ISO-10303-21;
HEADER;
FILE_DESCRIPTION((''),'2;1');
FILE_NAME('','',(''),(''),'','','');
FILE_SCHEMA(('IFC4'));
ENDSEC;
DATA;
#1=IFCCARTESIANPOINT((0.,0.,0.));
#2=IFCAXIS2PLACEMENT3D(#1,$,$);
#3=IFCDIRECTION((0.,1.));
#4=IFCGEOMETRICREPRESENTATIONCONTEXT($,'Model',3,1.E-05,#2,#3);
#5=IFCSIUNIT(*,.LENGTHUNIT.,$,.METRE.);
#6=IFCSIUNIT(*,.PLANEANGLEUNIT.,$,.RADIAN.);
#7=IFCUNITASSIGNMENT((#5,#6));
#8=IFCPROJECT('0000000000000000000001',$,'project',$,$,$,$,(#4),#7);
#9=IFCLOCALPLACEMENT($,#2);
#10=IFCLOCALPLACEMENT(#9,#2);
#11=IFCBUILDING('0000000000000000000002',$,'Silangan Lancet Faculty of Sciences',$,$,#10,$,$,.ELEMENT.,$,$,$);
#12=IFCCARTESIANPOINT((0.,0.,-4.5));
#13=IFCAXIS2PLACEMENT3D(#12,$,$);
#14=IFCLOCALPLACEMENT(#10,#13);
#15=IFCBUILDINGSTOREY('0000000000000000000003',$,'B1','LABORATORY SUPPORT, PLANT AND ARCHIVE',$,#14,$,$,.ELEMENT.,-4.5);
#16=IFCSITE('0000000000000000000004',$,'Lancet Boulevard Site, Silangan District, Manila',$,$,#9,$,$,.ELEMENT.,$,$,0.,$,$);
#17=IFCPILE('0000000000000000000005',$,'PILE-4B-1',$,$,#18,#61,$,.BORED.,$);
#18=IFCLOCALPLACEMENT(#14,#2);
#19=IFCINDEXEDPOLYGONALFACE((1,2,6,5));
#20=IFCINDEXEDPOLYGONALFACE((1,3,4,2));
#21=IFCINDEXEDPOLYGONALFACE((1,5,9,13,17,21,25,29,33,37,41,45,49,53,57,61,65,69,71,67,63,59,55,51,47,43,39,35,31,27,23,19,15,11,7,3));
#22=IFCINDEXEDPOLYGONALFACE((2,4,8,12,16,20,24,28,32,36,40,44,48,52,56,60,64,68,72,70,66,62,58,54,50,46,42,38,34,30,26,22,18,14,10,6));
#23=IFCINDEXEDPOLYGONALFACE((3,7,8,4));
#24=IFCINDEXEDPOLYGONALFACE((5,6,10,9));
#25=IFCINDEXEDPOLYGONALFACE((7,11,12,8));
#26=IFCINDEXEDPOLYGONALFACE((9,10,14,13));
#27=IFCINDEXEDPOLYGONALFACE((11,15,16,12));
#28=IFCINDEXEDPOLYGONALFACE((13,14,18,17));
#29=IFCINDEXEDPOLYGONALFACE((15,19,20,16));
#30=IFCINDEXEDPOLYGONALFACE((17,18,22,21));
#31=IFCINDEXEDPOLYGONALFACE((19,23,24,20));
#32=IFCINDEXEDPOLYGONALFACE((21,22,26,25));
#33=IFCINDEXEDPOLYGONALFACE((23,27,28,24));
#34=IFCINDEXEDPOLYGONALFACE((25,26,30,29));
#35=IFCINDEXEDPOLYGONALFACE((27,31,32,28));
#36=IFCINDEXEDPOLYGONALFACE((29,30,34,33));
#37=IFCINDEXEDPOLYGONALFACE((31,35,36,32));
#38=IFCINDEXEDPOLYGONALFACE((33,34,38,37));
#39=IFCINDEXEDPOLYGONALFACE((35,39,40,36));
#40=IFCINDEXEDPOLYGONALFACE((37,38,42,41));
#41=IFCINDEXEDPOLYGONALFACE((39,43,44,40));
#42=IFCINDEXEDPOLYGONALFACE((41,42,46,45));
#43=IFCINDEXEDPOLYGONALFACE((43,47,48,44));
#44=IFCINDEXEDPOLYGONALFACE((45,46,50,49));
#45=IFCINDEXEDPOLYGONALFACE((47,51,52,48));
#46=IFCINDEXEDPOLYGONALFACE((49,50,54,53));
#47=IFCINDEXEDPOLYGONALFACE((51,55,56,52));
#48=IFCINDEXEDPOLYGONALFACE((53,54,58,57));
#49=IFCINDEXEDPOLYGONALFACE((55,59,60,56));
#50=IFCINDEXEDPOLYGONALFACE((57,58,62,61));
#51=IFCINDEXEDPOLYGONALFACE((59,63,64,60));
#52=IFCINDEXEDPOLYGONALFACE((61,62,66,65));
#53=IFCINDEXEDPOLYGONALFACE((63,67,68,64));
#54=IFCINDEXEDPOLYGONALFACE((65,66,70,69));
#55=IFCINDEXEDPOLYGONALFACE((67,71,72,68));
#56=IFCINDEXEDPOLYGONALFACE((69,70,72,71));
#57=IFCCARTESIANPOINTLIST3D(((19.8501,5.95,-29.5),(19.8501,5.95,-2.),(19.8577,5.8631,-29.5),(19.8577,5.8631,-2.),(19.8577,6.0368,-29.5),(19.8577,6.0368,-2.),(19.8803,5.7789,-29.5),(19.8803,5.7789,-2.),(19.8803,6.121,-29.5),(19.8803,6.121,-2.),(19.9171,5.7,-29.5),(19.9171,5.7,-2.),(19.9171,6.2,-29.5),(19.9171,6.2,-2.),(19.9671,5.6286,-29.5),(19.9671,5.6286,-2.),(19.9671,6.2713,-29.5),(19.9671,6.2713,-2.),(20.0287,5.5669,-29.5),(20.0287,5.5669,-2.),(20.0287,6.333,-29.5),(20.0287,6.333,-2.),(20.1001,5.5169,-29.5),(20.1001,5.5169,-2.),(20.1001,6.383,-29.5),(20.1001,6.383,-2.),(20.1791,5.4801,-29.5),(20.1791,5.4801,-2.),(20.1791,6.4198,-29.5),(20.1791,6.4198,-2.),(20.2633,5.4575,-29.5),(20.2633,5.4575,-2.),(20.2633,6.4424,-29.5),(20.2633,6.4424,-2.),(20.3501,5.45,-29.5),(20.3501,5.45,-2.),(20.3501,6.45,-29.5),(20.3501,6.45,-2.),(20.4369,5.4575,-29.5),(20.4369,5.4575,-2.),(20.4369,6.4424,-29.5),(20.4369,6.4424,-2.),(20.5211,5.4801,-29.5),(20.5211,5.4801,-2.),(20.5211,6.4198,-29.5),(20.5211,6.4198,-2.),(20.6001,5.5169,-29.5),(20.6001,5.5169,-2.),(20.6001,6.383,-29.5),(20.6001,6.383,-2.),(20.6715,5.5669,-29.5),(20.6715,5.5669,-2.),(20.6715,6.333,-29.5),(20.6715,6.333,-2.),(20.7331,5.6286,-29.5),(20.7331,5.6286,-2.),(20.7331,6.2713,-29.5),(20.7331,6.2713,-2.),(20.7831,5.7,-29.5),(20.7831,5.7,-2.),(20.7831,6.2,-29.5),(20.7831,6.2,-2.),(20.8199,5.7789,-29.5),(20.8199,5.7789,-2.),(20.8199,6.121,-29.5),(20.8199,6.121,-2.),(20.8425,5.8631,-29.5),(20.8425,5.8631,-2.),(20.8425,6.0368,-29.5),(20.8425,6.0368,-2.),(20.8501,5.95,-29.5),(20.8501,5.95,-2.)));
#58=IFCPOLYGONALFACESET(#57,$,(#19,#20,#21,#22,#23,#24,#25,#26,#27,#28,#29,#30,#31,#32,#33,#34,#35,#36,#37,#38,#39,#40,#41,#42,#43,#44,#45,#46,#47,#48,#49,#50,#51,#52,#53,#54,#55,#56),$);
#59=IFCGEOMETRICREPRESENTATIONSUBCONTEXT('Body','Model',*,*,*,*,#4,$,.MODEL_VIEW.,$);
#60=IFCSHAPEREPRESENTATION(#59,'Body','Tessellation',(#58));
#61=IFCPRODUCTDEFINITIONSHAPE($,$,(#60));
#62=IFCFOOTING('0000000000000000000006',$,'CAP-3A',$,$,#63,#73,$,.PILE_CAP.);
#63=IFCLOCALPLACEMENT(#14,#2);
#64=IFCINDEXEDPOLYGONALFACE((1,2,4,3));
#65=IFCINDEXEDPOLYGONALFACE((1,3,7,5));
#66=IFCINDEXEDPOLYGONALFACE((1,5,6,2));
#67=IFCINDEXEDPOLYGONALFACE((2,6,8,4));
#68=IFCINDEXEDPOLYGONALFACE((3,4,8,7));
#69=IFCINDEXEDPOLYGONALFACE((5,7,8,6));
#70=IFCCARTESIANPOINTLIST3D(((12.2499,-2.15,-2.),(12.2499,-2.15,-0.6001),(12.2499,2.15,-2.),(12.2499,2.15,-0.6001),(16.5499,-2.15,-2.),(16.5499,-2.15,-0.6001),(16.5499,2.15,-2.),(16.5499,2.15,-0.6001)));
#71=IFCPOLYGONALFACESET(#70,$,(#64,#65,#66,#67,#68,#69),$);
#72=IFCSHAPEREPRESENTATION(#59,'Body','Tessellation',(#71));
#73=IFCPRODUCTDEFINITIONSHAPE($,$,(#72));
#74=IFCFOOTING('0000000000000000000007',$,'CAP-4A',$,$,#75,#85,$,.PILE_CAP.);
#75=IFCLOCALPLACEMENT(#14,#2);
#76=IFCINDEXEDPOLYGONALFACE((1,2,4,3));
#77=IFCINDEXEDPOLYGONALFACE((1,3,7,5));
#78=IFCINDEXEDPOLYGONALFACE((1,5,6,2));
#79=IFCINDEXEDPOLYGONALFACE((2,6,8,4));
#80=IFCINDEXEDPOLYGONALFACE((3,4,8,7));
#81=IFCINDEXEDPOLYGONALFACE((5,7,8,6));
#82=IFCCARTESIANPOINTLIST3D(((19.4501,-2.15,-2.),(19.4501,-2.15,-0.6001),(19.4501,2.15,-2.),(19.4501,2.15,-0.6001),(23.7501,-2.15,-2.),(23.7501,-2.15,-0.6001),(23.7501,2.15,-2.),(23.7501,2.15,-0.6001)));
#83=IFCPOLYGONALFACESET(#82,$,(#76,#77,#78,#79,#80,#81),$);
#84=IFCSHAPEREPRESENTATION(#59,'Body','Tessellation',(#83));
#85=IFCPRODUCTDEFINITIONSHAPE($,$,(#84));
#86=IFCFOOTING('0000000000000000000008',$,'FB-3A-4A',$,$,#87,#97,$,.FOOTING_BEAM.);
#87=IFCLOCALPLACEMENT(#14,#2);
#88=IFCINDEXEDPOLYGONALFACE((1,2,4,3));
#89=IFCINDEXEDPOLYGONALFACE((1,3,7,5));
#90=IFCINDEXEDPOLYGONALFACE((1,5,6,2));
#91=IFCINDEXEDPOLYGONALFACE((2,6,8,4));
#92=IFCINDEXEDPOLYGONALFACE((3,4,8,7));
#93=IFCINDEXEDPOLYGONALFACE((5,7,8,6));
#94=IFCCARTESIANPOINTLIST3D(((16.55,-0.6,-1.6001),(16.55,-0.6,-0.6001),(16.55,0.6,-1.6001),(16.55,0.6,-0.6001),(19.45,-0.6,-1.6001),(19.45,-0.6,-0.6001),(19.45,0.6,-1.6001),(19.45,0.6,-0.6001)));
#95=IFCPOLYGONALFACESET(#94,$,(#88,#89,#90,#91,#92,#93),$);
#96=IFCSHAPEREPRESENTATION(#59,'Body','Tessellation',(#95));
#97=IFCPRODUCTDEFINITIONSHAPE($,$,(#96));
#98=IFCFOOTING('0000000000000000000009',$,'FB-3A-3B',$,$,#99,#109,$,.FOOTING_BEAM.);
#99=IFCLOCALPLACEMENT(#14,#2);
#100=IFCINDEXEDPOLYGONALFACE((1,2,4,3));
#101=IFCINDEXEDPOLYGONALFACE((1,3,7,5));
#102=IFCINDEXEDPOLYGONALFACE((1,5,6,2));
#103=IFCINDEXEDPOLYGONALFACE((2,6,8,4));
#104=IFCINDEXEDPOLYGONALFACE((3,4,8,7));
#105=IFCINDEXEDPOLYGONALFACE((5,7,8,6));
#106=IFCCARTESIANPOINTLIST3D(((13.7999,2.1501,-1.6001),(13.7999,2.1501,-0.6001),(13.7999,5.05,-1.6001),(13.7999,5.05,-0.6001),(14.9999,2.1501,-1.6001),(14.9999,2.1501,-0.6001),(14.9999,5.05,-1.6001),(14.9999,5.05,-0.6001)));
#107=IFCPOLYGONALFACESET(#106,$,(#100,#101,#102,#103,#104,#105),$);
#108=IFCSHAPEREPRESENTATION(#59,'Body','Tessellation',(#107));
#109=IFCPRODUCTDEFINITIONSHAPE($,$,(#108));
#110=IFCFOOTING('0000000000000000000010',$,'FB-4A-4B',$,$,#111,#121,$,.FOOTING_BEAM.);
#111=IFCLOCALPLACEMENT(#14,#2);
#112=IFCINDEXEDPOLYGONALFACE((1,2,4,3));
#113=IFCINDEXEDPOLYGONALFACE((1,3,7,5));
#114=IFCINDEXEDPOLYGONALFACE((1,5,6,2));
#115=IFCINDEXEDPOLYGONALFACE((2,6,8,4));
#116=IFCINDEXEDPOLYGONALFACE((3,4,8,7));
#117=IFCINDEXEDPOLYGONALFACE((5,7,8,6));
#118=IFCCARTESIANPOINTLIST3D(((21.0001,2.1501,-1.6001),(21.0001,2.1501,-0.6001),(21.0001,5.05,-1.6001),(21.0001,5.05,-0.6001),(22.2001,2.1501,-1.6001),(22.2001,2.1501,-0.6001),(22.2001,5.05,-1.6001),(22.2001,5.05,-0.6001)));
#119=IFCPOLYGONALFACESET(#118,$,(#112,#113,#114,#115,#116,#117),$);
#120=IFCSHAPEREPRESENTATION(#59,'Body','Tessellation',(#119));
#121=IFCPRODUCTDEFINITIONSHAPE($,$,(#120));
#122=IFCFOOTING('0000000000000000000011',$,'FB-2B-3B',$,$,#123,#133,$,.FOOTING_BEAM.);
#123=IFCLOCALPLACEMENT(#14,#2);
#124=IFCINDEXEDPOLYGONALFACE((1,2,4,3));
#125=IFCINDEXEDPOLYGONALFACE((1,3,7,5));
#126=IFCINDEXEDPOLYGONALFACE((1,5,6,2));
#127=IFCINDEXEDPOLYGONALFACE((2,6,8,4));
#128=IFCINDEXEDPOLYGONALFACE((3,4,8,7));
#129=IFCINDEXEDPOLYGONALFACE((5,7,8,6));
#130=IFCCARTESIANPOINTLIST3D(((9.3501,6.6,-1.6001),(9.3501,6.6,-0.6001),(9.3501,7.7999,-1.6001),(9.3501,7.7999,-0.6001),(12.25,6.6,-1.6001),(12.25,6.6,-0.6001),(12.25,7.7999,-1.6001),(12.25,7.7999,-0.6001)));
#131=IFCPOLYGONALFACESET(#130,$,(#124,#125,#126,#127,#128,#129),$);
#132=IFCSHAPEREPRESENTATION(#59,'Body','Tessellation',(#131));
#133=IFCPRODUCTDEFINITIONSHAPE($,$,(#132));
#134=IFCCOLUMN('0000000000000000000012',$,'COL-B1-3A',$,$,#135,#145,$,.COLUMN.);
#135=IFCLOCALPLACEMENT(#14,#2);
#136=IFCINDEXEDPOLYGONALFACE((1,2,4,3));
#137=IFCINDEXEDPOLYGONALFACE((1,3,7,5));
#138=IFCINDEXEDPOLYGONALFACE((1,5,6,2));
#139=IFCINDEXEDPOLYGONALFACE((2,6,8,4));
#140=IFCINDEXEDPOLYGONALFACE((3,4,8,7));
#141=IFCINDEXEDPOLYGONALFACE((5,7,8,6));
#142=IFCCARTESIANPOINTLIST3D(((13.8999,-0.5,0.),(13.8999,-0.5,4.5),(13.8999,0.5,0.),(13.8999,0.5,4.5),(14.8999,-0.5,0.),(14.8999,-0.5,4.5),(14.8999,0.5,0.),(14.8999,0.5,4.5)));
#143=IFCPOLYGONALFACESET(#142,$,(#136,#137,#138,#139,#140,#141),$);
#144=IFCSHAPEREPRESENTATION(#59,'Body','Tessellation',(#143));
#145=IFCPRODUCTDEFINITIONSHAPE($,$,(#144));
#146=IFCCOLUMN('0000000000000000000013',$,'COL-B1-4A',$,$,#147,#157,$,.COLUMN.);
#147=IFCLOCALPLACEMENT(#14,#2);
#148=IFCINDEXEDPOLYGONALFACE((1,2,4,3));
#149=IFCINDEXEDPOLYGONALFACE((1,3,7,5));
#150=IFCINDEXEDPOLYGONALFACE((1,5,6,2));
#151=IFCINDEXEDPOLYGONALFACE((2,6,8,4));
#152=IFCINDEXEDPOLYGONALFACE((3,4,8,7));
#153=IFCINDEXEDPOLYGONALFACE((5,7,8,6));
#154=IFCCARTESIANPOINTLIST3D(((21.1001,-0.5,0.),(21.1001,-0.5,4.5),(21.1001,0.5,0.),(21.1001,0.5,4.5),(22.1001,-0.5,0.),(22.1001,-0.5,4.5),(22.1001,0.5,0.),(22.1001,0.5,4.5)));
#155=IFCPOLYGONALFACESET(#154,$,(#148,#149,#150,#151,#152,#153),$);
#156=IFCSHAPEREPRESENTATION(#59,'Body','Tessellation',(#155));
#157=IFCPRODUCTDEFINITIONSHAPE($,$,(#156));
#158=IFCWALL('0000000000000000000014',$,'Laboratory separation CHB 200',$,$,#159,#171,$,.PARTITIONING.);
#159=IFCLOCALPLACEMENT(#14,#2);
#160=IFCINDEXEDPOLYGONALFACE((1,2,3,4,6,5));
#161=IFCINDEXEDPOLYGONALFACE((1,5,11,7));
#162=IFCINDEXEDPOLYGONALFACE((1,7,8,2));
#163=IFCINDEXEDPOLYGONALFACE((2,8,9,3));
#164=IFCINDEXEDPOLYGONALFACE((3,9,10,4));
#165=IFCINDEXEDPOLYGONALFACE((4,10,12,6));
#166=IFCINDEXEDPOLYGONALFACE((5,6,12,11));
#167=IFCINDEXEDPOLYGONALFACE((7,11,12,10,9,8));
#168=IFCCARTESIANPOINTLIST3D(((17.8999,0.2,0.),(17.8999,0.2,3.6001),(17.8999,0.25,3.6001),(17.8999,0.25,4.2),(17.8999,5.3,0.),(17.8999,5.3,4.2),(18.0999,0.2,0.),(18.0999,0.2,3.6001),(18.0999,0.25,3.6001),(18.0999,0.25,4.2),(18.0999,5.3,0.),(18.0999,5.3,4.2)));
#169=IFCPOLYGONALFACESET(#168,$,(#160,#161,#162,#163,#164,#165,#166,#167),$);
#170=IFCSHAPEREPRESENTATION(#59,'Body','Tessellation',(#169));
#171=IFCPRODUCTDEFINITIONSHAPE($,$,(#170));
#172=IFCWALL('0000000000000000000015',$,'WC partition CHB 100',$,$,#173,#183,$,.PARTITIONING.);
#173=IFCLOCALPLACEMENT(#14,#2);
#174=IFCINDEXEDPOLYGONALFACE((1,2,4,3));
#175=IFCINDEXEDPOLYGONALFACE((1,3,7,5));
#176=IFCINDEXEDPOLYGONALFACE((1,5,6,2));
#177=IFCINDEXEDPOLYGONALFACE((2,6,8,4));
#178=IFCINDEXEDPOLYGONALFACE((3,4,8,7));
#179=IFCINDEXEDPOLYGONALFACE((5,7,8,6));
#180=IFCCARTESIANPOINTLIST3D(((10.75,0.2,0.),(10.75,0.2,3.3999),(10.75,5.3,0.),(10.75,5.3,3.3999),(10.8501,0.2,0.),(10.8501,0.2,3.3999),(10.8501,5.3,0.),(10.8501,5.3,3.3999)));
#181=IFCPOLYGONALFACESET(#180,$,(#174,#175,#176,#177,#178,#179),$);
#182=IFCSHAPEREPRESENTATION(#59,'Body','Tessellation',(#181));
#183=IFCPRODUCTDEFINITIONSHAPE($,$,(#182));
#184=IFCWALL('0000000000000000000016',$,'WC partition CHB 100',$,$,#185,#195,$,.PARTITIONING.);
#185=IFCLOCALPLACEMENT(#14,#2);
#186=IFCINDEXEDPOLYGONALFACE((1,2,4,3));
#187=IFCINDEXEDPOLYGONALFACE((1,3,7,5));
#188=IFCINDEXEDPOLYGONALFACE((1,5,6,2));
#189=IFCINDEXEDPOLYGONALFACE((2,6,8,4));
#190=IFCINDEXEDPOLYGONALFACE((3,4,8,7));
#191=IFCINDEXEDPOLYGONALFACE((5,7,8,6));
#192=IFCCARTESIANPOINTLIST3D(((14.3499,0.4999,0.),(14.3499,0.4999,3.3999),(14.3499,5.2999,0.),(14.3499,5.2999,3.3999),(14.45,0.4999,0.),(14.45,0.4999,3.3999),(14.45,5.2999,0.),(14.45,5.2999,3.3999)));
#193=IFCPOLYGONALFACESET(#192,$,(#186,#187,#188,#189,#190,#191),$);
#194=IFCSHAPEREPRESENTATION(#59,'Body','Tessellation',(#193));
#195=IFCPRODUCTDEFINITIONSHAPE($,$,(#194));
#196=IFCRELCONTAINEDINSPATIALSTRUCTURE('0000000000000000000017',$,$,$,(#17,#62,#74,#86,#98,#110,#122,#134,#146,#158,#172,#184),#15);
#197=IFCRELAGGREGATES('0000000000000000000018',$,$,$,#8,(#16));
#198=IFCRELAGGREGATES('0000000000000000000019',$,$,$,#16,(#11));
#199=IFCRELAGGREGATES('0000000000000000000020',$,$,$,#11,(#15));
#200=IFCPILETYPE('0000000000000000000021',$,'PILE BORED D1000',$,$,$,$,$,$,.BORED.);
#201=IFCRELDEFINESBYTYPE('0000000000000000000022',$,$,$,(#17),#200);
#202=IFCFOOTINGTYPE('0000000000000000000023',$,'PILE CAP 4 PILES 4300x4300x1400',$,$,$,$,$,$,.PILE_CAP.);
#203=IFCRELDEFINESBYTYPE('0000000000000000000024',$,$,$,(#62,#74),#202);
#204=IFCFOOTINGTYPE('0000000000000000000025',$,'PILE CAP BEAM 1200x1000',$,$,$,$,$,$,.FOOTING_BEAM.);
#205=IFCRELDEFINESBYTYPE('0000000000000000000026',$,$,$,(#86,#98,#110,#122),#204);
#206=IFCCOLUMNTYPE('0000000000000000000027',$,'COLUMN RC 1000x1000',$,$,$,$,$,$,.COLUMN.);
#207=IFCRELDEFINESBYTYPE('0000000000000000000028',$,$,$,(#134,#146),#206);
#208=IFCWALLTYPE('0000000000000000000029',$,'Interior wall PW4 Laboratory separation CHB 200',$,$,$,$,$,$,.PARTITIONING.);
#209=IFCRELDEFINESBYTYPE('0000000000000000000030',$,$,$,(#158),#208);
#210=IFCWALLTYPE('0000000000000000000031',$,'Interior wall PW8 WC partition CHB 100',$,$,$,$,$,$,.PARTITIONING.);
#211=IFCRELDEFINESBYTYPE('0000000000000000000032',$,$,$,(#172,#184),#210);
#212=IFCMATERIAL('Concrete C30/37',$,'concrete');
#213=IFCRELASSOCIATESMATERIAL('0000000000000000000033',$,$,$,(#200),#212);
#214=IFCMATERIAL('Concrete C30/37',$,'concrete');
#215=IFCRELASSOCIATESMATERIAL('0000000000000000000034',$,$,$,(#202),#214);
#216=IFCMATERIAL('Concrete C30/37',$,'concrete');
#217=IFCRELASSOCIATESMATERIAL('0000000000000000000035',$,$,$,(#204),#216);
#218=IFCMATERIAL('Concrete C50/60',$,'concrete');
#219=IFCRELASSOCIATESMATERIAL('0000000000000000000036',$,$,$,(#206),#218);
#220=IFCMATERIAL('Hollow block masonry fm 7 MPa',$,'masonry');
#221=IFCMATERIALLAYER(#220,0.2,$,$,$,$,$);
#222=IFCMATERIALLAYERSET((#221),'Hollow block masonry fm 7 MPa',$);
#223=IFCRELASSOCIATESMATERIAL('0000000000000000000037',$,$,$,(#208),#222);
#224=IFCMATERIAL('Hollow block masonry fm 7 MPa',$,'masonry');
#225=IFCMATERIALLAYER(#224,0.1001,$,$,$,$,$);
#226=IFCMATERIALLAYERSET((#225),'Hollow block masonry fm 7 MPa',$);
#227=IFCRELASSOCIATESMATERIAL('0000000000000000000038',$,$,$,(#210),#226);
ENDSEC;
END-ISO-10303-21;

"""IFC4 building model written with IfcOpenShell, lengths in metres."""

from ifc_helpers import new_model, si_unit, direction, frame, frame_2d, origin, origin_2d, place, context, subcontext, project, spatial, polyline, rectangle, circle, outline, extrude, material, layer, layer_set, material_profile, profile_set, type_object, element, save


model = new_model("IFC4")

# Units and contexts
model_context = context("Model", 3, precision=1e-05, world=origin(), true_north=direction((0.0, 1.0)))
body_context = subcontext(model_context, "Body", "Model", "MODEL_VIEW")
ifc_project = project(units=[si_unit("LENGTHUNIT", "METRE"), si_unit("PLANEANGLEUNIT", "RADIAN")], contexts=[model_context])

# Site, building, storey
site_placement = place(None, origin())
site = spatial("IfcSite", under=ifc_project, at=site_placement, Name="Lancet Boulevard Site, Silangan District, Manila", CompositionType="ELEMENT", RefElevation=0.0)
building_placement = place(site_placement, origin())
building = spatial("IfcBuilding", under=site, at=building_placement, Name="Silangan Lancet Faculty of Sciences", CompositionType="ELEMENT")
storey_placement = place(building_placement, frame((0.0, 0.0, -4.5)))
storey = spatial("IfcBuildingStorey", under=building, at=storey_placement, Name="B1", Description="LABORATORY SUPPORT, PLANT AND ARCHIVE", CompositionType="ELEMENT", Elevation=-4.5)

# Pile
ifc_material_1 = material(Name="Concrete C30/37", Category="concrete")
ifc_material_profile_1 = material_profile(ifc_material_1, circle(Radius=0.5, at=origin_2d()), Name="BORED PILE D1000")
ifc_profile_set_1 = profile_set([ifc_material_profile_1], Name="Concrete C30/37")
pile_type = type_object("IfcPileType", Name="PILE BORED D1000", PredefinedType="BORED", material=ifc_profile_set_1)
for number, where, z_axis, x_axis, name in (
    (1, (20.3501, 5.95, -2.0), (0.0, 0.0, -1.0), (1.0, 0.0, 0.0), "PILE-4B-1"),
):
    element("IfcPile", number, at=place(storey_placement, frame(where, z_axis=z_axis, x_axis=x_axis)), inside=storey, type_object=pile_type, Name=name, PredefinedType="BORED", context=body_context, shape_type="SweptSolid", body=[
        extrude(circle(Radius=0.5, at=origin_2d()), origin(), (0.0, 0.0, 1.0), 27.5),
    ])

# Footings
ifc_material_2 = material(Name="Concrete C30/37", Category="concrete")
footing_type_1 = type_object("IfcFootingType", Name="PILE CAP 4 PILES 4300x4300x1400", PredefinedType="PILE_CAP", material=ifc_material_2)
for number, where, z_axis, x_axis, name in (
    (2, (14.3999, 0.0, -2.0), (0.0, 0.0, 1.0), (1.0, 0.0, 0.0), "CAP-3A"),
    (3, (21.6001, 0.0, -2.0), (0.0, 0.0, 1.0), (1.0, 0.0, 0.0), "CAP-4A"),
):
    element("IfcFooting", number, at=place(storey_placement, frame(where, z_axis=z_axis, x_axis=x_axis)), inside=storey, type_object=footing_type_1, Name=name, PredefinedType="PILE_CAP", context=body_context, shape_type="SweptSolid", body=[
        extrude(rectangle(XDim=4.3, YDim=4.3, at=origin_2d()), origin(), (0.0, 0.0, 1.0), 1.3999),
    ])
ifc_material_3 = material(Name="Concrete C30/37", Category="concrete")
footing_type_2 = type_object("IfcFootingType", Name="PILE CAP BEAM 1200x1000", PredefinedType="FOOTING_BEAM", material=ifc_material_3)
for number, where, z_axis, x_axis, name in (
    (4, (18.0, 0.0, -1.6001), (0.0, 0.0, 1.0), (1.0, 0.0, 0.0), "FB-3A-4A"),
    (5, (14.3999, 3.6001, -1.6001), (0.0, 0.0, 1.0), (0.0, 1.0, 0.0), "FB-3A-3B"),
    (6, (21.6001, 3.6001, -1.6001), (0.0, 0.0, 1.0), (0.0, 1.0, 0.0), "FB-4A-4B"),
    (7, (10.8, 7.2, -1.6001), (0.0, 0.0, 1.0), (1.0, 0.0, 0.0), "FB-2B-3B"),
):
    element("IfcFooting", number, at=place(storey_placement, frame(where, z_axis=z_axis, x_axis=x_axis)), inside=storey, type_object=footing_type_2, Name=name, PredefinedType="FOOTING_BEAM", context=body_context, shape_type="SweptSolid", body=[
        extrude(rectangle(XDim=2.8999, YDim=1.2, at=origin_2d()), origin(), (0.0, 0.0, 1.0), 1.0),
    ])

# Columns
ifc_material_4 = material(Name="Concrete C50/60", Category="concrete")
ifc_material_profile_2 = material_profile(ifc_material_4, rectangle(XDim=1.0, YDim=1.0, at=origin_2d()), Name="RC 1000x1000")
ifc_profile_set_2 = profile_set([ifc_material_profile_2], Name="Concrete C50/60")
column_type = type_object("IfcColumnType", Name="COLUMN RC 1000x1000", PredefinedType="COLUMN", material=ifc_profile_set_2)
for number, where, z_axis, x_axis, name in (
    (8, (14.3999, 0.0, 0.0), (0.0, 0.0, 1.0), (1.0, 0.0, 0.0), "COL-B1-3A"),
    (9, (21.6001, 0.0, 0.0), (0.0, 0.0, 1.0), (1.0, 0.0, 0.0), "COL-B1-4A"),
):
    element("IfcColumn", number, at=place(storey_placement, frame(where, z_axis=z_axis, x_axis=x_axis)), inside=storey, type_object=column_type, Name=name, PredefinedType="COLUMN", context=body_context, shape_type="SweptSolid", body=[
        extrude(rectangle(XDim=1.0, YDim=1.0, at=origin_2d()), origin(), (0.0, 0.0, 1.0), 4.5),
    ])

# Walls
ifc_material_5 = material(Name="Hollow block masonry fm 7 MPa", Category="masonry")
ifc_layer_1 = layer(ifc_material_5, 0.2)
ifc_layer_set_1 = layer_set([ifc_layer_1], Name="Hollow block masonry fm 7 MPa")
wall_type_1 = type_object("IfcWallType", Name="Interior wall PW4 Laboratory separation CHB 200", PredefinedType="PARTITIONING", material=ifc_layer_set_1)
wall_1_placement = place(storey_placement, frame((18.0, 0.2, 0.0), z_axis=(0.0, 0.0, 1.0), x_axis=(0.0, 1.0, 0.0)))
element("IfcWall", 10, at=wall_1_placement, inside=storey, type_object=wall_type_1, Name="Laboratory separation CHB 200", PredefinedType="PARTITIONING", context=body_context, shape_type="SweptSolid", body=[
    extrude(outline(polyline([(0.0, 0.0), (5.1001, 0.0), (5.1001, 4.2), (0.05, 4.2), (0.05, 3.6001), (0.0, 3.6001), (0.0, 0.0)])), frame((0.0, 0.1001, 0.0), z_axis=(0.0, -1.0, 0.0), x_axis=(1.0, 0.0, 0.0)), (0.0, 0.0, 1.0), 0.2),
])
ifc_material_6 = material(Name="Hollow block masonry fm 7 MPa", Category="masonry")
ifc_layer_2 = layer(ifc_material_6, 0.1001)
ifc_layer_set_2 = layer_set([ifc_layer_2], Name="Hollow block masonry fm 7 MPa")
wall_type_2 = type_object("IfcWallType", Name="Interior wall PW8 WC partition CHB 100", PredefinedType="PARTITIONING", material=ifc_layer_set_2)
wall_2_placement = place(storey_placement, frame((10.8, 0.2, 0.0), z_axis=(0.0, 0.0, 1.0), x_axis=(0.0, 1.0, 0.0)))
element("IfcWall", 11, at=wall_2_placement, inside=storey, type_object=wall_type_2, Name="WC partition CHB 100", PredefinedType="PARTITIONING", context=body_context, shape_type="SweptSolid", body=[
    extrude(rectangle(XDim=5.1001, YDim=0.1001, at=frame_2d((2.55, 0.0))), origin(), (0.0, 0.0, 1.0), 3.3999),
])
wall_3_placement = place(storey_placement, frame((14.3999, 0.5, 0.0), z_axis=(0.0, 0.0, 1.0), x_axis=(0.0, 1.0, 0.0)))
element("IfcWall", 12, at=wall_3_placement, inside=storey, type_object=wall_type_2, Name="WC partition CHB 100", PredefinedType="PARTITIONING", context=body_context, shape_type="SweptSolid", body=[
    extrude(rectangle(XDim=4.8, YDim=0.1001, at=frame_2d((2.3999, 0.0))), origin(), (0.0, 0.0, 1.0), 3.3999),
])

save(model, "model.ifc")
